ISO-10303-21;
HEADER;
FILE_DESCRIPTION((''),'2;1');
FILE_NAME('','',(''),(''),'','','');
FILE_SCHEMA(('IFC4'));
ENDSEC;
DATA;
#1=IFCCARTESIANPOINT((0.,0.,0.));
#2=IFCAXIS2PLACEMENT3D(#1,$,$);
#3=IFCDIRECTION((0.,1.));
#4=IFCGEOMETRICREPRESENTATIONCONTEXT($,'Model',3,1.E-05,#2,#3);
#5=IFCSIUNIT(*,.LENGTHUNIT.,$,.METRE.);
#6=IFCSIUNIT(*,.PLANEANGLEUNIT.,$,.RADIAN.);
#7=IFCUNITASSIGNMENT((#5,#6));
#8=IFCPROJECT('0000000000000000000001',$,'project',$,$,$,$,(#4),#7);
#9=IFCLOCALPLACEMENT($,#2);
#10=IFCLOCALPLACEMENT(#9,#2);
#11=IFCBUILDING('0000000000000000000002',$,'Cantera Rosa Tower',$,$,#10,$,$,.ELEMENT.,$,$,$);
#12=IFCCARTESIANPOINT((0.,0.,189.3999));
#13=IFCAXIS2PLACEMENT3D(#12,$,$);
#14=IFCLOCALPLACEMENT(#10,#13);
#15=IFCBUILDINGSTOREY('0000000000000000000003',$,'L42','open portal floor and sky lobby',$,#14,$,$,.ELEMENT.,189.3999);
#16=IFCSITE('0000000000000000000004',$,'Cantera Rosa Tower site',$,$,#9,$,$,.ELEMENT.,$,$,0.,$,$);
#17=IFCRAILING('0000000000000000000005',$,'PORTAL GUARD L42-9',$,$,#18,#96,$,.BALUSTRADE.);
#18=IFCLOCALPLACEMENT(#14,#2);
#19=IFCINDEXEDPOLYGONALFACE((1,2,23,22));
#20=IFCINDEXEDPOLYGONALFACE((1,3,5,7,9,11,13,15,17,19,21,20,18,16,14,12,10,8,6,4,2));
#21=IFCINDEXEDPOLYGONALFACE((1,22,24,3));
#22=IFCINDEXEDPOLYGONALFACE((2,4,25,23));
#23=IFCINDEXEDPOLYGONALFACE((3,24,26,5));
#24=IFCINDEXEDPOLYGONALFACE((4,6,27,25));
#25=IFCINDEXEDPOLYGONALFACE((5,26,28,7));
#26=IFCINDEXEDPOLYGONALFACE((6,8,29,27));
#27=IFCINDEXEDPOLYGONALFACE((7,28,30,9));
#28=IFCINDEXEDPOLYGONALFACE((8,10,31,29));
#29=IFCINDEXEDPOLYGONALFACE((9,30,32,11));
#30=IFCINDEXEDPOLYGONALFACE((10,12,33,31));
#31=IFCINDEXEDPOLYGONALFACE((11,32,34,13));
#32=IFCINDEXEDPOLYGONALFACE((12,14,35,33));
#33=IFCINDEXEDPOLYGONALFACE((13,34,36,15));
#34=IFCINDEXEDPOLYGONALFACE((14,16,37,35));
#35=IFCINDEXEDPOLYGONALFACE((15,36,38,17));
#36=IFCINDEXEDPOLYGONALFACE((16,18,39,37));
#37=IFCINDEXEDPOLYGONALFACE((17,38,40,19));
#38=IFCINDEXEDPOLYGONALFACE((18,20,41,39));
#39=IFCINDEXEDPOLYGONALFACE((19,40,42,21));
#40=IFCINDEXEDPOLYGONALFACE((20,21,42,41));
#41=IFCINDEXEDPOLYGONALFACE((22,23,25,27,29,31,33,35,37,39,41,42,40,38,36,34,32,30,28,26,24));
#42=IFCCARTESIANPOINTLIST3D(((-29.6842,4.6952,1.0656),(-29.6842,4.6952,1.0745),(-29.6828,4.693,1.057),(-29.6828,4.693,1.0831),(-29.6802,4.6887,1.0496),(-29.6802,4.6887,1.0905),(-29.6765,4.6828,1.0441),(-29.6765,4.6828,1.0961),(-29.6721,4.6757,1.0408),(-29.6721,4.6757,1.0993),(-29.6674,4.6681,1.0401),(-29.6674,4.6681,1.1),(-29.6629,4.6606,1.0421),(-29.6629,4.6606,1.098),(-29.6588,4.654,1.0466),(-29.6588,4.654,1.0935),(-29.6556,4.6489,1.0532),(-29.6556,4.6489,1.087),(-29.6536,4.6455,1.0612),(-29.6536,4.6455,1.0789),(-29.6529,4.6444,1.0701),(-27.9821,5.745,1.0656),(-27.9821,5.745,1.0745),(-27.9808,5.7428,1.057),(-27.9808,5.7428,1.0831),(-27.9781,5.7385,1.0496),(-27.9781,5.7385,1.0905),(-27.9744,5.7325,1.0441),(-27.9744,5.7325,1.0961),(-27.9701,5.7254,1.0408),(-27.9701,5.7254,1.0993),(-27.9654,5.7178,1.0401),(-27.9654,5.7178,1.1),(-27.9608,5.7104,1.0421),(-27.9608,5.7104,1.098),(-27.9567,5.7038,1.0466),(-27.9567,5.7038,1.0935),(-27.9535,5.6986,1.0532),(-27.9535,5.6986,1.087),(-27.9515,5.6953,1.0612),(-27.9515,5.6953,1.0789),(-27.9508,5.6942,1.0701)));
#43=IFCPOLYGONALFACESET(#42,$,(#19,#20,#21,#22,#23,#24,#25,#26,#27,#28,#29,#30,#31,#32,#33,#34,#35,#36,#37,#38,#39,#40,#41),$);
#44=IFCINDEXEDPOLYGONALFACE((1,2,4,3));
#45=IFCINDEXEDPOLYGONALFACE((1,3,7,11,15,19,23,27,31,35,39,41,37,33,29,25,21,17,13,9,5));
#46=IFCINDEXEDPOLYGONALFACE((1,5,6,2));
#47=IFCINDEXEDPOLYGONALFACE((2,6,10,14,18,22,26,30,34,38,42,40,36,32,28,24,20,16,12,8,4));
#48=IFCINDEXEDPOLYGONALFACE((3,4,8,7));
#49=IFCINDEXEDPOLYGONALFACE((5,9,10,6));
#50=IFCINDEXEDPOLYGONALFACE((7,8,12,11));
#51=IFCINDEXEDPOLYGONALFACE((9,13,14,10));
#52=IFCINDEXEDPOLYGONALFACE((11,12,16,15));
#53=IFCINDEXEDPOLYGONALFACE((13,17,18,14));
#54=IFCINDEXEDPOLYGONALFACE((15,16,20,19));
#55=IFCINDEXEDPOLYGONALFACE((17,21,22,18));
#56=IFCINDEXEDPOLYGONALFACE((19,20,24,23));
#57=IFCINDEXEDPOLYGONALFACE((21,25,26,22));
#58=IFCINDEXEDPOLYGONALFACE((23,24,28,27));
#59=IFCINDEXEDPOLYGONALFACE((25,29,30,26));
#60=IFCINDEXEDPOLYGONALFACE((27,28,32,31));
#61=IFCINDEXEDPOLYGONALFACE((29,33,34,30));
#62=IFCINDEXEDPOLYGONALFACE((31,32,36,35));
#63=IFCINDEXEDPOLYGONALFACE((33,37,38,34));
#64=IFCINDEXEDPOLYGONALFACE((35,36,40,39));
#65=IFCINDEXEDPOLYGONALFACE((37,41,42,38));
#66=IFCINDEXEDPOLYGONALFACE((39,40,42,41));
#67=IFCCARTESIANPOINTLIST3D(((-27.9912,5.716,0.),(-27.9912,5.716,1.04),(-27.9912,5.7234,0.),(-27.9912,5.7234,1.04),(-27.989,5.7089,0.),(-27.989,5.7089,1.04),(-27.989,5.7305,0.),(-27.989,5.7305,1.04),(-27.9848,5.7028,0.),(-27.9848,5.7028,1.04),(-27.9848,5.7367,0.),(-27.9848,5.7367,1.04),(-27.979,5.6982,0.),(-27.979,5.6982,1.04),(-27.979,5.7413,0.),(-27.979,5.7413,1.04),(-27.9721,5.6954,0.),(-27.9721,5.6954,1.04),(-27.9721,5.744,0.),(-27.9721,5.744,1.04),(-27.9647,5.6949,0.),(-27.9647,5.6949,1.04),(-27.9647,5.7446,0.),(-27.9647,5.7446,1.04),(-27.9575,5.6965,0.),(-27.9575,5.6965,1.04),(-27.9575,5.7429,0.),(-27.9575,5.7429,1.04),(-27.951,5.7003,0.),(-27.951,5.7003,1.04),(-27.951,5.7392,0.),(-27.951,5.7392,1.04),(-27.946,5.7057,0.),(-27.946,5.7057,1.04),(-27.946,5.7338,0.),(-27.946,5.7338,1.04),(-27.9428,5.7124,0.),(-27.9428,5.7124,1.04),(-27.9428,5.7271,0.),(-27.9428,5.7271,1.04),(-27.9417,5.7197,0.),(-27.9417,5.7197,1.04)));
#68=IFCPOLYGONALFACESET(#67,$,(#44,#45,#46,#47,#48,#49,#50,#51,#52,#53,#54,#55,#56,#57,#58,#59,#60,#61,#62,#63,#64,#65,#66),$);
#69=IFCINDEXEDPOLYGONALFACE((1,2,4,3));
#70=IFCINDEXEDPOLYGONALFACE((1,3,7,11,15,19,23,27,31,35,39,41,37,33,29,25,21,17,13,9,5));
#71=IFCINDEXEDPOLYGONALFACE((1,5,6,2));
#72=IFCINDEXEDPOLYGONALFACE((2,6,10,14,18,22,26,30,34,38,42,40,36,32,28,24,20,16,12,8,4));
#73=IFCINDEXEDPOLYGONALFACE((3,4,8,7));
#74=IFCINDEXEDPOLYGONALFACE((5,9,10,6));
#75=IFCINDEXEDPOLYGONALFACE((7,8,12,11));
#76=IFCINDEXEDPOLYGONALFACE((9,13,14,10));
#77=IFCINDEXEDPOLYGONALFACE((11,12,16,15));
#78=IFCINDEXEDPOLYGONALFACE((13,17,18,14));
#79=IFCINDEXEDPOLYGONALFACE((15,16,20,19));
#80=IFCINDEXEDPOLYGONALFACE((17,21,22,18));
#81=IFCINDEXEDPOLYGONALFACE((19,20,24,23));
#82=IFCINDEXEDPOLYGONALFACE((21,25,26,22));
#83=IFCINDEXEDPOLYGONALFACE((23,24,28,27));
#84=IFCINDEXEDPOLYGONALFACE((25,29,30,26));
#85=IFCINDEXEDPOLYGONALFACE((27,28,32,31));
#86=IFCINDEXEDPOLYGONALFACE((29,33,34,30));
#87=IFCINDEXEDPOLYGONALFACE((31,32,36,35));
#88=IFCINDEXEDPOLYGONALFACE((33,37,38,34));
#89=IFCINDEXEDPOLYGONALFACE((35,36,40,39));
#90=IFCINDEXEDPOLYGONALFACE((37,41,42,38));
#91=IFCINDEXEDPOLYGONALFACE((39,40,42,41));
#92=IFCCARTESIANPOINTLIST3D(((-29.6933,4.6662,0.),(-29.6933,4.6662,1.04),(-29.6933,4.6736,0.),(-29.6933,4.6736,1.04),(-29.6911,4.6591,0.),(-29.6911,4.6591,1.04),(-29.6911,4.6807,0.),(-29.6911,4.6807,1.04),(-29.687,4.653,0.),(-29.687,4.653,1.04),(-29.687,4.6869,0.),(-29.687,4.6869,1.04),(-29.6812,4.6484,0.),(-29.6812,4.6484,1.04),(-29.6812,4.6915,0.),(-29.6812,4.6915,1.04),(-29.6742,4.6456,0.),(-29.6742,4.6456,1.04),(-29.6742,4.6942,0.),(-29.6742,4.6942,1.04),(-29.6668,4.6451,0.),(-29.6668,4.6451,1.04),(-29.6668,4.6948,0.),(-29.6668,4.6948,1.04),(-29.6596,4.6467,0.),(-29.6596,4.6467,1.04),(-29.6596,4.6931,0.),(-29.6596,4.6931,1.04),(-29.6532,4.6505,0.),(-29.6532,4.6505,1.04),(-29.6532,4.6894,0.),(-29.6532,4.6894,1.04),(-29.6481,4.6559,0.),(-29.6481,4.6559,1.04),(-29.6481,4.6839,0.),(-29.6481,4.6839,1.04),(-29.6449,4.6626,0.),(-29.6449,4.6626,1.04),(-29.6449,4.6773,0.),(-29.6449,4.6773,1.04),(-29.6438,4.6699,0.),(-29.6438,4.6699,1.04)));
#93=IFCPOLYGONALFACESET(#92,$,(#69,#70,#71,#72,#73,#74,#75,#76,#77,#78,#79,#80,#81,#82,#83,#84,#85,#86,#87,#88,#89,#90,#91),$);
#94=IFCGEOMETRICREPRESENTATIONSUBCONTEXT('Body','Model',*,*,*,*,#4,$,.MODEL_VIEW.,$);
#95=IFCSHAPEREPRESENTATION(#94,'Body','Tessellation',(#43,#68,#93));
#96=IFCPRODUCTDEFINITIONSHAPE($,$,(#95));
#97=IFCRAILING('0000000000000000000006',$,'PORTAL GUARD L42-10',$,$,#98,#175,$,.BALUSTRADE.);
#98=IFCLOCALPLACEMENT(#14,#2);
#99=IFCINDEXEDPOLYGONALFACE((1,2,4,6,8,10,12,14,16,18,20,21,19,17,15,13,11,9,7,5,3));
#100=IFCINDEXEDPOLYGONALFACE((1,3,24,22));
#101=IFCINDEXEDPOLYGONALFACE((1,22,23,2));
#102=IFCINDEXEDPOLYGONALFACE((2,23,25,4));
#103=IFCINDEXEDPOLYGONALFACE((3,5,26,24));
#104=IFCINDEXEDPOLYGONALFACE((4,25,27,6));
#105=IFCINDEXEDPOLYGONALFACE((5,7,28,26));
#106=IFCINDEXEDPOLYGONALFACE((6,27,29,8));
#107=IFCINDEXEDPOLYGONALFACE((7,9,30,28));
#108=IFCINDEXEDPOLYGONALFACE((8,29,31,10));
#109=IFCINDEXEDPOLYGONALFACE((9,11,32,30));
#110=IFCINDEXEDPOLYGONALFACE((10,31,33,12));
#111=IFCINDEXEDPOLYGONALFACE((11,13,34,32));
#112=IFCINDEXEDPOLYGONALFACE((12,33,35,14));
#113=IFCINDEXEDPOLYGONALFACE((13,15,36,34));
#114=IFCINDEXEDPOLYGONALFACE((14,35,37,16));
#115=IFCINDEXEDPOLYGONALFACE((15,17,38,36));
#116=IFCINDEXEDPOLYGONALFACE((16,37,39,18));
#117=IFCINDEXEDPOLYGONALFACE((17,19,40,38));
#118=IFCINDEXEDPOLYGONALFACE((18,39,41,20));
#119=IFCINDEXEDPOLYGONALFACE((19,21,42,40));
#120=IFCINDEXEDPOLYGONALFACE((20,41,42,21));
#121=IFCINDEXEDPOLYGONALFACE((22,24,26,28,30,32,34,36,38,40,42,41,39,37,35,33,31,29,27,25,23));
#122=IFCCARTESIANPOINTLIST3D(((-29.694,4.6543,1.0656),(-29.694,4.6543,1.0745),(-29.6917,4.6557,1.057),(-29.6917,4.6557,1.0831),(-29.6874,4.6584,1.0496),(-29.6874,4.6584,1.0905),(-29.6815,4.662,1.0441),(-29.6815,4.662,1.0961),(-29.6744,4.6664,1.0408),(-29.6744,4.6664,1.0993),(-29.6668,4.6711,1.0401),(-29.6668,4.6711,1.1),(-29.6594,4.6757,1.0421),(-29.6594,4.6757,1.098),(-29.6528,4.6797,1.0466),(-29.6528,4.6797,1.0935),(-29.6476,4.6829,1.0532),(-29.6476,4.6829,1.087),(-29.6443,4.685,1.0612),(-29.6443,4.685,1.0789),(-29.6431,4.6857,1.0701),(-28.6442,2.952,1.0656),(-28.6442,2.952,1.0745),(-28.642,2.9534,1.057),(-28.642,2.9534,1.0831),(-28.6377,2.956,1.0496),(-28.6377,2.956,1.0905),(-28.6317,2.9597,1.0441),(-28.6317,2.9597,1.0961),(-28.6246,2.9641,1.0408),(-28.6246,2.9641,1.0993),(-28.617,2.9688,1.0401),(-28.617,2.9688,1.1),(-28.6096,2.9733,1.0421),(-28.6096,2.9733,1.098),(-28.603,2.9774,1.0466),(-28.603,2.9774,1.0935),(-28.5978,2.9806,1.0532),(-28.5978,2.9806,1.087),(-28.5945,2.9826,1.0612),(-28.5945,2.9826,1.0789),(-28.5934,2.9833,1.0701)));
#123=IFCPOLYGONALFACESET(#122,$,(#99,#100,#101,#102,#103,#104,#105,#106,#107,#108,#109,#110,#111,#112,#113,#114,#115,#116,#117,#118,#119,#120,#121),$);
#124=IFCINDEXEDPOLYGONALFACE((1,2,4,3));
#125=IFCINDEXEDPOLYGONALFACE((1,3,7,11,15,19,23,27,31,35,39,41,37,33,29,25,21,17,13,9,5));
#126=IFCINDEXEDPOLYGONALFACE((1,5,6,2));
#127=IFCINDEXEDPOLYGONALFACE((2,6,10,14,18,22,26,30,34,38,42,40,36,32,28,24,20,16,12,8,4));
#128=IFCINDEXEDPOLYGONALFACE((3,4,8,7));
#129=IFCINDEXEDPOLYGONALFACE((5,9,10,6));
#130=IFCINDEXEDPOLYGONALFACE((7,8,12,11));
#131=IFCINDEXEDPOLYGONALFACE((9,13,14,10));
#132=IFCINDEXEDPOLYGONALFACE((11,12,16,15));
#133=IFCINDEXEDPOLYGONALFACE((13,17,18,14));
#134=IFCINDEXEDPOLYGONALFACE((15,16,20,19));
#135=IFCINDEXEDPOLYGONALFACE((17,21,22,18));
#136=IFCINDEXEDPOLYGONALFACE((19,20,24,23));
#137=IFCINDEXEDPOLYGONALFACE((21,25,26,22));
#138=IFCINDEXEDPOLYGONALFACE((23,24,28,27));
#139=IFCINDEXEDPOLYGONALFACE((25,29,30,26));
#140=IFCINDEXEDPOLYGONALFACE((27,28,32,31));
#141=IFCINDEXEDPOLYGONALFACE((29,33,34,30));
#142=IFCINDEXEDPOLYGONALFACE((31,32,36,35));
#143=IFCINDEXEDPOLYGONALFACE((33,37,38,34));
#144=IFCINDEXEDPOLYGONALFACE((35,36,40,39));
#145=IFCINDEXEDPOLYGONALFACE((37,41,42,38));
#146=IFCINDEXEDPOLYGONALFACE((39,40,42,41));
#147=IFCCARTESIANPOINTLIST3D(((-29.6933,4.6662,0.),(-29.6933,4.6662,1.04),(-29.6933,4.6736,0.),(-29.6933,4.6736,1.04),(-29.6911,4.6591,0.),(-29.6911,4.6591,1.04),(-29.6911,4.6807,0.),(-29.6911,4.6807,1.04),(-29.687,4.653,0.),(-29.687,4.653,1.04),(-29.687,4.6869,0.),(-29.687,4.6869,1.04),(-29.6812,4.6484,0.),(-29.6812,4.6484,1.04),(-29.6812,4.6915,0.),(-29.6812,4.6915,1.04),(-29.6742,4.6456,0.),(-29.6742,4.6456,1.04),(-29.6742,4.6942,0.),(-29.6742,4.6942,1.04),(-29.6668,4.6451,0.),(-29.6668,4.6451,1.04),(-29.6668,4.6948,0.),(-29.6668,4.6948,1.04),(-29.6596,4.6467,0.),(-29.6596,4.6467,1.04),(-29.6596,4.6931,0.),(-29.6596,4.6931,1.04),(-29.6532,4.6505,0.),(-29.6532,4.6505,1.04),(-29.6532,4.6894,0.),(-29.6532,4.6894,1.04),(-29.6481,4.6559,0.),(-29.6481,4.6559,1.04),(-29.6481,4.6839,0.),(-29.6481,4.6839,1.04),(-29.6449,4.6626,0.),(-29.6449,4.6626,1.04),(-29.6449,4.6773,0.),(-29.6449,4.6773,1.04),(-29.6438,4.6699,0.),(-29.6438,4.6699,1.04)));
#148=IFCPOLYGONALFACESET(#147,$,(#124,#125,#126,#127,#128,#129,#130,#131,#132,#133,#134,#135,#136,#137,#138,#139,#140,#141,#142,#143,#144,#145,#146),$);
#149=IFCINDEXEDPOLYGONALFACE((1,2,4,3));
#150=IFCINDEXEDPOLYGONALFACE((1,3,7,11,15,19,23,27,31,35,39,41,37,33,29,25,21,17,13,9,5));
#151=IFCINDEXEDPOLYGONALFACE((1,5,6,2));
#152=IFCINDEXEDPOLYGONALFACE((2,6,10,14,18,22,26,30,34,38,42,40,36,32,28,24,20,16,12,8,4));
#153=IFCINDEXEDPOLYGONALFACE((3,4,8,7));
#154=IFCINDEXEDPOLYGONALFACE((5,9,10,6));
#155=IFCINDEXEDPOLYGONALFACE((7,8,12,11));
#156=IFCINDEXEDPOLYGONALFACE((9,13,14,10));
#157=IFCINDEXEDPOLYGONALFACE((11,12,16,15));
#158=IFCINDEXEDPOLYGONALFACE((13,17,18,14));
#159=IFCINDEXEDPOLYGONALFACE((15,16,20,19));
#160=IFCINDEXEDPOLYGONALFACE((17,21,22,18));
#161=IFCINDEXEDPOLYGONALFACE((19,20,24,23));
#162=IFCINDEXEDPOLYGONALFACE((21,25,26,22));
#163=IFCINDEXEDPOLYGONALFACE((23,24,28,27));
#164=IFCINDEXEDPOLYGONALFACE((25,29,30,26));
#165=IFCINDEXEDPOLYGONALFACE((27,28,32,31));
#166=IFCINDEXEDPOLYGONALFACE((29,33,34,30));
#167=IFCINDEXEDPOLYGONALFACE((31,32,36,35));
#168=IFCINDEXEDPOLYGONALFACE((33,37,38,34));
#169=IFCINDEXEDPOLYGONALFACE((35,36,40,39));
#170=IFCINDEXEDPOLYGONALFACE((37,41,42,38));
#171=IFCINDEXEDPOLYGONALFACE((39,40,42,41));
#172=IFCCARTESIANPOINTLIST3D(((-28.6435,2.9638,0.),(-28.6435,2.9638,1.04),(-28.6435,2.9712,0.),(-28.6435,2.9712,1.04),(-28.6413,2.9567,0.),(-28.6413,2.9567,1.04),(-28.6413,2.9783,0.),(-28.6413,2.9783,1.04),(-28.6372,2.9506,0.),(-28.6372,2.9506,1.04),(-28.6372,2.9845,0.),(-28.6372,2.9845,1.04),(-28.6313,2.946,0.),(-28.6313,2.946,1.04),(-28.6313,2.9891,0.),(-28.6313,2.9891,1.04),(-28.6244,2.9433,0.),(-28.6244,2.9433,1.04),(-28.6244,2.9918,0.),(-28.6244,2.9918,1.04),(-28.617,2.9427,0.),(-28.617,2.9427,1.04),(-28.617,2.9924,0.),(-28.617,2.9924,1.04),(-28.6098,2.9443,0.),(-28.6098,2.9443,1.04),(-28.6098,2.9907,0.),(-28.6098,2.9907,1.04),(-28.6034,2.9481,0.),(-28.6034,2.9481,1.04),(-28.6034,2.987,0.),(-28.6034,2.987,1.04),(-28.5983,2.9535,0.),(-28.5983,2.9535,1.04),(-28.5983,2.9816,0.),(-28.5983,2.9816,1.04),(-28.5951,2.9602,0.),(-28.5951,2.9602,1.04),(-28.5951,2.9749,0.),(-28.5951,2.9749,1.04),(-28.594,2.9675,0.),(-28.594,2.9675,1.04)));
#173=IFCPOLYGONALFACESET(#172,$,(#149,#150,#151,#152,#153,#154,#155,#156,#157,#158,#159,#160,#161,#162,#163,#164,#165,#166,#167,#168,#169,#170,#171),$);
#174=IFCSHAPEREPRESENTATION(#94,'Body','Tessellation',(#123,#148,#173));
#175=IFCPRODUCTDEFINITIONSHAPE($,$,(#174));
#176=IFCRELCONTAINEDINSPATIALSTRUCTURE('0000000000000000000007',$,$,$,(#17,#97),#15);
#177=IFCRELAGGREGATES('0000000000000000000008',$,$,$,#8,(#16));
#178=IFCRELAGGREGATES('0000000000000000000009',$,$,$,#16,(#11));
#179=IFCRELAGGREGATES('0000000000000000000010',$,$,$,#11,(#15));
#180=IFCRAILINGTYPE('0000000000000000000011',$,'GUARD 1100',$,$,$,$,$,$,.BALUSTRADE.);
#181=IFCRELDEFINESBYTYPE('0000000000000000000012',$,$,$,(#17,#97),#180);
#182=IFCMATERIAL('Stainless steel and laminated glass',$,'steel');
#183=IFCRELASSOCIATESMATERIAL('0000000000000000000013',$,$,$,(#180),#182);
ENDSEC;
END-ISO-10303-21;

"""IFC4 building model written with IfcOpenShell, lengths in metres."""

from ifc_helpers import new_model, si_unit, direction, frame, origin, origin_2d, place, context, subcontext, project, spatial, circle, extrude, material, type_object, element, save


model = new_model("IFC4")

# Units and contexts
model_context = context("Model", 3, precision=1e-05, world=origin(), true_north=direction((0.0, 1.0)))
body_context = subcontext(model_context, "Body", "Model", "MODEL_VIEW")
ifc_project = project(units=[si_unit("LENGTHUNIT", "METRE"), si_unit("PLANEANGLEUNIT", "RADIAN")], contexts=[model_context])

# Site, building, storey
site_placement = place(None, origin())
site = spatial("IfcSite", under=ifc_project, at=site_placement, Name="Cantera Rosa Tower site", CompositionType="ELEMENT", RefElevation=0.0)
building_placement = place(site_placement, origin())
building = spatial("IfcBuilding", under=site, at=building_placement, Name="Cantera Rosa Tower", CompositionType="ELEMENT")
storey_placement = place(building_placement, frame((0.0, 0.0, 189.3999)))
storey = spatial("IfcBuildingStorey", under=building, at=storey_placement, Name="L42", Description="open portal floor and sky lobby", CompositionType="ELEMENT", Elevation=189.3999)

# Railings
ifc_material_1 = material(Name="Stainless steel and laminated glass", Category="steel")
railing_type_1 = type_object("IfcRailingType", Name="GUARD 1100", PredefinedType="BALUSTRADE", material=ifc_material_1)
railing_1_placement = place(storey_placement, frame((-27.9666, 5.7197, 0.0)))
element("IfcRailing", 1, at=railing_1_placement, inside=storey, type_object=railing_type_1, Name="PORTAL GUARD L42-9", PredefinedType="BALUSTRADE", context=body_context, shape_type="SweptSolid", body=[
    extrude(circle(Radius=0.03, at=origin_2d()), frame((0.0, 0.0, 1.0701), z_axis=(-0.851138, -0.524942, 0.0), x_axis=(0.524942, -0.851138, 0.0)), (0.0, 0.0, 1.0), 1.9998),
    extrude(circle(Radius=0.0249, at=origin_2d()), origin(), (0.0, 0.0, 1.0), 1.04),
    extrude(circle(Radius=0.0249, at=origin_2d()), frame((-1.7021, -1.0498, 0.0)), (0.0, 0.0, 1.0), 1.04),
])
railing_2_placement = place(storey_placement, frame((-29.6687, 4.6699, 0.0)))
element("IfcRailing", 2, at=railing_2_placement, inside=storey, type_object=railing_type_1, Name="PORTAL GUARD L42-10", PredefinedType="BALUSTRADE", context=body_context, shape_type="SweptSolid", body=[
    extrude(circle(Radius=0.03, at=origin_2d()), frame((0.0, 0.0, 1.0701), z_axis=(0.524887, -0.851172, 0.0), x_axis=(0.851172, 0.524887, 0.0)), (0.0, 0.0, 1.0), 2.0),
    extrude(circle(Radius=0.0249, at=origin_2d()), origin(), (0.0, 0.0, 1.0), 1.04),
    extrude(circle(Radius=0.0249, at=origin_2d()), frame((1.0498, -1.7024, 0.0)), (0.0, 0.0, 1.0), 1.04),
])

save(model, "model.ifc")
